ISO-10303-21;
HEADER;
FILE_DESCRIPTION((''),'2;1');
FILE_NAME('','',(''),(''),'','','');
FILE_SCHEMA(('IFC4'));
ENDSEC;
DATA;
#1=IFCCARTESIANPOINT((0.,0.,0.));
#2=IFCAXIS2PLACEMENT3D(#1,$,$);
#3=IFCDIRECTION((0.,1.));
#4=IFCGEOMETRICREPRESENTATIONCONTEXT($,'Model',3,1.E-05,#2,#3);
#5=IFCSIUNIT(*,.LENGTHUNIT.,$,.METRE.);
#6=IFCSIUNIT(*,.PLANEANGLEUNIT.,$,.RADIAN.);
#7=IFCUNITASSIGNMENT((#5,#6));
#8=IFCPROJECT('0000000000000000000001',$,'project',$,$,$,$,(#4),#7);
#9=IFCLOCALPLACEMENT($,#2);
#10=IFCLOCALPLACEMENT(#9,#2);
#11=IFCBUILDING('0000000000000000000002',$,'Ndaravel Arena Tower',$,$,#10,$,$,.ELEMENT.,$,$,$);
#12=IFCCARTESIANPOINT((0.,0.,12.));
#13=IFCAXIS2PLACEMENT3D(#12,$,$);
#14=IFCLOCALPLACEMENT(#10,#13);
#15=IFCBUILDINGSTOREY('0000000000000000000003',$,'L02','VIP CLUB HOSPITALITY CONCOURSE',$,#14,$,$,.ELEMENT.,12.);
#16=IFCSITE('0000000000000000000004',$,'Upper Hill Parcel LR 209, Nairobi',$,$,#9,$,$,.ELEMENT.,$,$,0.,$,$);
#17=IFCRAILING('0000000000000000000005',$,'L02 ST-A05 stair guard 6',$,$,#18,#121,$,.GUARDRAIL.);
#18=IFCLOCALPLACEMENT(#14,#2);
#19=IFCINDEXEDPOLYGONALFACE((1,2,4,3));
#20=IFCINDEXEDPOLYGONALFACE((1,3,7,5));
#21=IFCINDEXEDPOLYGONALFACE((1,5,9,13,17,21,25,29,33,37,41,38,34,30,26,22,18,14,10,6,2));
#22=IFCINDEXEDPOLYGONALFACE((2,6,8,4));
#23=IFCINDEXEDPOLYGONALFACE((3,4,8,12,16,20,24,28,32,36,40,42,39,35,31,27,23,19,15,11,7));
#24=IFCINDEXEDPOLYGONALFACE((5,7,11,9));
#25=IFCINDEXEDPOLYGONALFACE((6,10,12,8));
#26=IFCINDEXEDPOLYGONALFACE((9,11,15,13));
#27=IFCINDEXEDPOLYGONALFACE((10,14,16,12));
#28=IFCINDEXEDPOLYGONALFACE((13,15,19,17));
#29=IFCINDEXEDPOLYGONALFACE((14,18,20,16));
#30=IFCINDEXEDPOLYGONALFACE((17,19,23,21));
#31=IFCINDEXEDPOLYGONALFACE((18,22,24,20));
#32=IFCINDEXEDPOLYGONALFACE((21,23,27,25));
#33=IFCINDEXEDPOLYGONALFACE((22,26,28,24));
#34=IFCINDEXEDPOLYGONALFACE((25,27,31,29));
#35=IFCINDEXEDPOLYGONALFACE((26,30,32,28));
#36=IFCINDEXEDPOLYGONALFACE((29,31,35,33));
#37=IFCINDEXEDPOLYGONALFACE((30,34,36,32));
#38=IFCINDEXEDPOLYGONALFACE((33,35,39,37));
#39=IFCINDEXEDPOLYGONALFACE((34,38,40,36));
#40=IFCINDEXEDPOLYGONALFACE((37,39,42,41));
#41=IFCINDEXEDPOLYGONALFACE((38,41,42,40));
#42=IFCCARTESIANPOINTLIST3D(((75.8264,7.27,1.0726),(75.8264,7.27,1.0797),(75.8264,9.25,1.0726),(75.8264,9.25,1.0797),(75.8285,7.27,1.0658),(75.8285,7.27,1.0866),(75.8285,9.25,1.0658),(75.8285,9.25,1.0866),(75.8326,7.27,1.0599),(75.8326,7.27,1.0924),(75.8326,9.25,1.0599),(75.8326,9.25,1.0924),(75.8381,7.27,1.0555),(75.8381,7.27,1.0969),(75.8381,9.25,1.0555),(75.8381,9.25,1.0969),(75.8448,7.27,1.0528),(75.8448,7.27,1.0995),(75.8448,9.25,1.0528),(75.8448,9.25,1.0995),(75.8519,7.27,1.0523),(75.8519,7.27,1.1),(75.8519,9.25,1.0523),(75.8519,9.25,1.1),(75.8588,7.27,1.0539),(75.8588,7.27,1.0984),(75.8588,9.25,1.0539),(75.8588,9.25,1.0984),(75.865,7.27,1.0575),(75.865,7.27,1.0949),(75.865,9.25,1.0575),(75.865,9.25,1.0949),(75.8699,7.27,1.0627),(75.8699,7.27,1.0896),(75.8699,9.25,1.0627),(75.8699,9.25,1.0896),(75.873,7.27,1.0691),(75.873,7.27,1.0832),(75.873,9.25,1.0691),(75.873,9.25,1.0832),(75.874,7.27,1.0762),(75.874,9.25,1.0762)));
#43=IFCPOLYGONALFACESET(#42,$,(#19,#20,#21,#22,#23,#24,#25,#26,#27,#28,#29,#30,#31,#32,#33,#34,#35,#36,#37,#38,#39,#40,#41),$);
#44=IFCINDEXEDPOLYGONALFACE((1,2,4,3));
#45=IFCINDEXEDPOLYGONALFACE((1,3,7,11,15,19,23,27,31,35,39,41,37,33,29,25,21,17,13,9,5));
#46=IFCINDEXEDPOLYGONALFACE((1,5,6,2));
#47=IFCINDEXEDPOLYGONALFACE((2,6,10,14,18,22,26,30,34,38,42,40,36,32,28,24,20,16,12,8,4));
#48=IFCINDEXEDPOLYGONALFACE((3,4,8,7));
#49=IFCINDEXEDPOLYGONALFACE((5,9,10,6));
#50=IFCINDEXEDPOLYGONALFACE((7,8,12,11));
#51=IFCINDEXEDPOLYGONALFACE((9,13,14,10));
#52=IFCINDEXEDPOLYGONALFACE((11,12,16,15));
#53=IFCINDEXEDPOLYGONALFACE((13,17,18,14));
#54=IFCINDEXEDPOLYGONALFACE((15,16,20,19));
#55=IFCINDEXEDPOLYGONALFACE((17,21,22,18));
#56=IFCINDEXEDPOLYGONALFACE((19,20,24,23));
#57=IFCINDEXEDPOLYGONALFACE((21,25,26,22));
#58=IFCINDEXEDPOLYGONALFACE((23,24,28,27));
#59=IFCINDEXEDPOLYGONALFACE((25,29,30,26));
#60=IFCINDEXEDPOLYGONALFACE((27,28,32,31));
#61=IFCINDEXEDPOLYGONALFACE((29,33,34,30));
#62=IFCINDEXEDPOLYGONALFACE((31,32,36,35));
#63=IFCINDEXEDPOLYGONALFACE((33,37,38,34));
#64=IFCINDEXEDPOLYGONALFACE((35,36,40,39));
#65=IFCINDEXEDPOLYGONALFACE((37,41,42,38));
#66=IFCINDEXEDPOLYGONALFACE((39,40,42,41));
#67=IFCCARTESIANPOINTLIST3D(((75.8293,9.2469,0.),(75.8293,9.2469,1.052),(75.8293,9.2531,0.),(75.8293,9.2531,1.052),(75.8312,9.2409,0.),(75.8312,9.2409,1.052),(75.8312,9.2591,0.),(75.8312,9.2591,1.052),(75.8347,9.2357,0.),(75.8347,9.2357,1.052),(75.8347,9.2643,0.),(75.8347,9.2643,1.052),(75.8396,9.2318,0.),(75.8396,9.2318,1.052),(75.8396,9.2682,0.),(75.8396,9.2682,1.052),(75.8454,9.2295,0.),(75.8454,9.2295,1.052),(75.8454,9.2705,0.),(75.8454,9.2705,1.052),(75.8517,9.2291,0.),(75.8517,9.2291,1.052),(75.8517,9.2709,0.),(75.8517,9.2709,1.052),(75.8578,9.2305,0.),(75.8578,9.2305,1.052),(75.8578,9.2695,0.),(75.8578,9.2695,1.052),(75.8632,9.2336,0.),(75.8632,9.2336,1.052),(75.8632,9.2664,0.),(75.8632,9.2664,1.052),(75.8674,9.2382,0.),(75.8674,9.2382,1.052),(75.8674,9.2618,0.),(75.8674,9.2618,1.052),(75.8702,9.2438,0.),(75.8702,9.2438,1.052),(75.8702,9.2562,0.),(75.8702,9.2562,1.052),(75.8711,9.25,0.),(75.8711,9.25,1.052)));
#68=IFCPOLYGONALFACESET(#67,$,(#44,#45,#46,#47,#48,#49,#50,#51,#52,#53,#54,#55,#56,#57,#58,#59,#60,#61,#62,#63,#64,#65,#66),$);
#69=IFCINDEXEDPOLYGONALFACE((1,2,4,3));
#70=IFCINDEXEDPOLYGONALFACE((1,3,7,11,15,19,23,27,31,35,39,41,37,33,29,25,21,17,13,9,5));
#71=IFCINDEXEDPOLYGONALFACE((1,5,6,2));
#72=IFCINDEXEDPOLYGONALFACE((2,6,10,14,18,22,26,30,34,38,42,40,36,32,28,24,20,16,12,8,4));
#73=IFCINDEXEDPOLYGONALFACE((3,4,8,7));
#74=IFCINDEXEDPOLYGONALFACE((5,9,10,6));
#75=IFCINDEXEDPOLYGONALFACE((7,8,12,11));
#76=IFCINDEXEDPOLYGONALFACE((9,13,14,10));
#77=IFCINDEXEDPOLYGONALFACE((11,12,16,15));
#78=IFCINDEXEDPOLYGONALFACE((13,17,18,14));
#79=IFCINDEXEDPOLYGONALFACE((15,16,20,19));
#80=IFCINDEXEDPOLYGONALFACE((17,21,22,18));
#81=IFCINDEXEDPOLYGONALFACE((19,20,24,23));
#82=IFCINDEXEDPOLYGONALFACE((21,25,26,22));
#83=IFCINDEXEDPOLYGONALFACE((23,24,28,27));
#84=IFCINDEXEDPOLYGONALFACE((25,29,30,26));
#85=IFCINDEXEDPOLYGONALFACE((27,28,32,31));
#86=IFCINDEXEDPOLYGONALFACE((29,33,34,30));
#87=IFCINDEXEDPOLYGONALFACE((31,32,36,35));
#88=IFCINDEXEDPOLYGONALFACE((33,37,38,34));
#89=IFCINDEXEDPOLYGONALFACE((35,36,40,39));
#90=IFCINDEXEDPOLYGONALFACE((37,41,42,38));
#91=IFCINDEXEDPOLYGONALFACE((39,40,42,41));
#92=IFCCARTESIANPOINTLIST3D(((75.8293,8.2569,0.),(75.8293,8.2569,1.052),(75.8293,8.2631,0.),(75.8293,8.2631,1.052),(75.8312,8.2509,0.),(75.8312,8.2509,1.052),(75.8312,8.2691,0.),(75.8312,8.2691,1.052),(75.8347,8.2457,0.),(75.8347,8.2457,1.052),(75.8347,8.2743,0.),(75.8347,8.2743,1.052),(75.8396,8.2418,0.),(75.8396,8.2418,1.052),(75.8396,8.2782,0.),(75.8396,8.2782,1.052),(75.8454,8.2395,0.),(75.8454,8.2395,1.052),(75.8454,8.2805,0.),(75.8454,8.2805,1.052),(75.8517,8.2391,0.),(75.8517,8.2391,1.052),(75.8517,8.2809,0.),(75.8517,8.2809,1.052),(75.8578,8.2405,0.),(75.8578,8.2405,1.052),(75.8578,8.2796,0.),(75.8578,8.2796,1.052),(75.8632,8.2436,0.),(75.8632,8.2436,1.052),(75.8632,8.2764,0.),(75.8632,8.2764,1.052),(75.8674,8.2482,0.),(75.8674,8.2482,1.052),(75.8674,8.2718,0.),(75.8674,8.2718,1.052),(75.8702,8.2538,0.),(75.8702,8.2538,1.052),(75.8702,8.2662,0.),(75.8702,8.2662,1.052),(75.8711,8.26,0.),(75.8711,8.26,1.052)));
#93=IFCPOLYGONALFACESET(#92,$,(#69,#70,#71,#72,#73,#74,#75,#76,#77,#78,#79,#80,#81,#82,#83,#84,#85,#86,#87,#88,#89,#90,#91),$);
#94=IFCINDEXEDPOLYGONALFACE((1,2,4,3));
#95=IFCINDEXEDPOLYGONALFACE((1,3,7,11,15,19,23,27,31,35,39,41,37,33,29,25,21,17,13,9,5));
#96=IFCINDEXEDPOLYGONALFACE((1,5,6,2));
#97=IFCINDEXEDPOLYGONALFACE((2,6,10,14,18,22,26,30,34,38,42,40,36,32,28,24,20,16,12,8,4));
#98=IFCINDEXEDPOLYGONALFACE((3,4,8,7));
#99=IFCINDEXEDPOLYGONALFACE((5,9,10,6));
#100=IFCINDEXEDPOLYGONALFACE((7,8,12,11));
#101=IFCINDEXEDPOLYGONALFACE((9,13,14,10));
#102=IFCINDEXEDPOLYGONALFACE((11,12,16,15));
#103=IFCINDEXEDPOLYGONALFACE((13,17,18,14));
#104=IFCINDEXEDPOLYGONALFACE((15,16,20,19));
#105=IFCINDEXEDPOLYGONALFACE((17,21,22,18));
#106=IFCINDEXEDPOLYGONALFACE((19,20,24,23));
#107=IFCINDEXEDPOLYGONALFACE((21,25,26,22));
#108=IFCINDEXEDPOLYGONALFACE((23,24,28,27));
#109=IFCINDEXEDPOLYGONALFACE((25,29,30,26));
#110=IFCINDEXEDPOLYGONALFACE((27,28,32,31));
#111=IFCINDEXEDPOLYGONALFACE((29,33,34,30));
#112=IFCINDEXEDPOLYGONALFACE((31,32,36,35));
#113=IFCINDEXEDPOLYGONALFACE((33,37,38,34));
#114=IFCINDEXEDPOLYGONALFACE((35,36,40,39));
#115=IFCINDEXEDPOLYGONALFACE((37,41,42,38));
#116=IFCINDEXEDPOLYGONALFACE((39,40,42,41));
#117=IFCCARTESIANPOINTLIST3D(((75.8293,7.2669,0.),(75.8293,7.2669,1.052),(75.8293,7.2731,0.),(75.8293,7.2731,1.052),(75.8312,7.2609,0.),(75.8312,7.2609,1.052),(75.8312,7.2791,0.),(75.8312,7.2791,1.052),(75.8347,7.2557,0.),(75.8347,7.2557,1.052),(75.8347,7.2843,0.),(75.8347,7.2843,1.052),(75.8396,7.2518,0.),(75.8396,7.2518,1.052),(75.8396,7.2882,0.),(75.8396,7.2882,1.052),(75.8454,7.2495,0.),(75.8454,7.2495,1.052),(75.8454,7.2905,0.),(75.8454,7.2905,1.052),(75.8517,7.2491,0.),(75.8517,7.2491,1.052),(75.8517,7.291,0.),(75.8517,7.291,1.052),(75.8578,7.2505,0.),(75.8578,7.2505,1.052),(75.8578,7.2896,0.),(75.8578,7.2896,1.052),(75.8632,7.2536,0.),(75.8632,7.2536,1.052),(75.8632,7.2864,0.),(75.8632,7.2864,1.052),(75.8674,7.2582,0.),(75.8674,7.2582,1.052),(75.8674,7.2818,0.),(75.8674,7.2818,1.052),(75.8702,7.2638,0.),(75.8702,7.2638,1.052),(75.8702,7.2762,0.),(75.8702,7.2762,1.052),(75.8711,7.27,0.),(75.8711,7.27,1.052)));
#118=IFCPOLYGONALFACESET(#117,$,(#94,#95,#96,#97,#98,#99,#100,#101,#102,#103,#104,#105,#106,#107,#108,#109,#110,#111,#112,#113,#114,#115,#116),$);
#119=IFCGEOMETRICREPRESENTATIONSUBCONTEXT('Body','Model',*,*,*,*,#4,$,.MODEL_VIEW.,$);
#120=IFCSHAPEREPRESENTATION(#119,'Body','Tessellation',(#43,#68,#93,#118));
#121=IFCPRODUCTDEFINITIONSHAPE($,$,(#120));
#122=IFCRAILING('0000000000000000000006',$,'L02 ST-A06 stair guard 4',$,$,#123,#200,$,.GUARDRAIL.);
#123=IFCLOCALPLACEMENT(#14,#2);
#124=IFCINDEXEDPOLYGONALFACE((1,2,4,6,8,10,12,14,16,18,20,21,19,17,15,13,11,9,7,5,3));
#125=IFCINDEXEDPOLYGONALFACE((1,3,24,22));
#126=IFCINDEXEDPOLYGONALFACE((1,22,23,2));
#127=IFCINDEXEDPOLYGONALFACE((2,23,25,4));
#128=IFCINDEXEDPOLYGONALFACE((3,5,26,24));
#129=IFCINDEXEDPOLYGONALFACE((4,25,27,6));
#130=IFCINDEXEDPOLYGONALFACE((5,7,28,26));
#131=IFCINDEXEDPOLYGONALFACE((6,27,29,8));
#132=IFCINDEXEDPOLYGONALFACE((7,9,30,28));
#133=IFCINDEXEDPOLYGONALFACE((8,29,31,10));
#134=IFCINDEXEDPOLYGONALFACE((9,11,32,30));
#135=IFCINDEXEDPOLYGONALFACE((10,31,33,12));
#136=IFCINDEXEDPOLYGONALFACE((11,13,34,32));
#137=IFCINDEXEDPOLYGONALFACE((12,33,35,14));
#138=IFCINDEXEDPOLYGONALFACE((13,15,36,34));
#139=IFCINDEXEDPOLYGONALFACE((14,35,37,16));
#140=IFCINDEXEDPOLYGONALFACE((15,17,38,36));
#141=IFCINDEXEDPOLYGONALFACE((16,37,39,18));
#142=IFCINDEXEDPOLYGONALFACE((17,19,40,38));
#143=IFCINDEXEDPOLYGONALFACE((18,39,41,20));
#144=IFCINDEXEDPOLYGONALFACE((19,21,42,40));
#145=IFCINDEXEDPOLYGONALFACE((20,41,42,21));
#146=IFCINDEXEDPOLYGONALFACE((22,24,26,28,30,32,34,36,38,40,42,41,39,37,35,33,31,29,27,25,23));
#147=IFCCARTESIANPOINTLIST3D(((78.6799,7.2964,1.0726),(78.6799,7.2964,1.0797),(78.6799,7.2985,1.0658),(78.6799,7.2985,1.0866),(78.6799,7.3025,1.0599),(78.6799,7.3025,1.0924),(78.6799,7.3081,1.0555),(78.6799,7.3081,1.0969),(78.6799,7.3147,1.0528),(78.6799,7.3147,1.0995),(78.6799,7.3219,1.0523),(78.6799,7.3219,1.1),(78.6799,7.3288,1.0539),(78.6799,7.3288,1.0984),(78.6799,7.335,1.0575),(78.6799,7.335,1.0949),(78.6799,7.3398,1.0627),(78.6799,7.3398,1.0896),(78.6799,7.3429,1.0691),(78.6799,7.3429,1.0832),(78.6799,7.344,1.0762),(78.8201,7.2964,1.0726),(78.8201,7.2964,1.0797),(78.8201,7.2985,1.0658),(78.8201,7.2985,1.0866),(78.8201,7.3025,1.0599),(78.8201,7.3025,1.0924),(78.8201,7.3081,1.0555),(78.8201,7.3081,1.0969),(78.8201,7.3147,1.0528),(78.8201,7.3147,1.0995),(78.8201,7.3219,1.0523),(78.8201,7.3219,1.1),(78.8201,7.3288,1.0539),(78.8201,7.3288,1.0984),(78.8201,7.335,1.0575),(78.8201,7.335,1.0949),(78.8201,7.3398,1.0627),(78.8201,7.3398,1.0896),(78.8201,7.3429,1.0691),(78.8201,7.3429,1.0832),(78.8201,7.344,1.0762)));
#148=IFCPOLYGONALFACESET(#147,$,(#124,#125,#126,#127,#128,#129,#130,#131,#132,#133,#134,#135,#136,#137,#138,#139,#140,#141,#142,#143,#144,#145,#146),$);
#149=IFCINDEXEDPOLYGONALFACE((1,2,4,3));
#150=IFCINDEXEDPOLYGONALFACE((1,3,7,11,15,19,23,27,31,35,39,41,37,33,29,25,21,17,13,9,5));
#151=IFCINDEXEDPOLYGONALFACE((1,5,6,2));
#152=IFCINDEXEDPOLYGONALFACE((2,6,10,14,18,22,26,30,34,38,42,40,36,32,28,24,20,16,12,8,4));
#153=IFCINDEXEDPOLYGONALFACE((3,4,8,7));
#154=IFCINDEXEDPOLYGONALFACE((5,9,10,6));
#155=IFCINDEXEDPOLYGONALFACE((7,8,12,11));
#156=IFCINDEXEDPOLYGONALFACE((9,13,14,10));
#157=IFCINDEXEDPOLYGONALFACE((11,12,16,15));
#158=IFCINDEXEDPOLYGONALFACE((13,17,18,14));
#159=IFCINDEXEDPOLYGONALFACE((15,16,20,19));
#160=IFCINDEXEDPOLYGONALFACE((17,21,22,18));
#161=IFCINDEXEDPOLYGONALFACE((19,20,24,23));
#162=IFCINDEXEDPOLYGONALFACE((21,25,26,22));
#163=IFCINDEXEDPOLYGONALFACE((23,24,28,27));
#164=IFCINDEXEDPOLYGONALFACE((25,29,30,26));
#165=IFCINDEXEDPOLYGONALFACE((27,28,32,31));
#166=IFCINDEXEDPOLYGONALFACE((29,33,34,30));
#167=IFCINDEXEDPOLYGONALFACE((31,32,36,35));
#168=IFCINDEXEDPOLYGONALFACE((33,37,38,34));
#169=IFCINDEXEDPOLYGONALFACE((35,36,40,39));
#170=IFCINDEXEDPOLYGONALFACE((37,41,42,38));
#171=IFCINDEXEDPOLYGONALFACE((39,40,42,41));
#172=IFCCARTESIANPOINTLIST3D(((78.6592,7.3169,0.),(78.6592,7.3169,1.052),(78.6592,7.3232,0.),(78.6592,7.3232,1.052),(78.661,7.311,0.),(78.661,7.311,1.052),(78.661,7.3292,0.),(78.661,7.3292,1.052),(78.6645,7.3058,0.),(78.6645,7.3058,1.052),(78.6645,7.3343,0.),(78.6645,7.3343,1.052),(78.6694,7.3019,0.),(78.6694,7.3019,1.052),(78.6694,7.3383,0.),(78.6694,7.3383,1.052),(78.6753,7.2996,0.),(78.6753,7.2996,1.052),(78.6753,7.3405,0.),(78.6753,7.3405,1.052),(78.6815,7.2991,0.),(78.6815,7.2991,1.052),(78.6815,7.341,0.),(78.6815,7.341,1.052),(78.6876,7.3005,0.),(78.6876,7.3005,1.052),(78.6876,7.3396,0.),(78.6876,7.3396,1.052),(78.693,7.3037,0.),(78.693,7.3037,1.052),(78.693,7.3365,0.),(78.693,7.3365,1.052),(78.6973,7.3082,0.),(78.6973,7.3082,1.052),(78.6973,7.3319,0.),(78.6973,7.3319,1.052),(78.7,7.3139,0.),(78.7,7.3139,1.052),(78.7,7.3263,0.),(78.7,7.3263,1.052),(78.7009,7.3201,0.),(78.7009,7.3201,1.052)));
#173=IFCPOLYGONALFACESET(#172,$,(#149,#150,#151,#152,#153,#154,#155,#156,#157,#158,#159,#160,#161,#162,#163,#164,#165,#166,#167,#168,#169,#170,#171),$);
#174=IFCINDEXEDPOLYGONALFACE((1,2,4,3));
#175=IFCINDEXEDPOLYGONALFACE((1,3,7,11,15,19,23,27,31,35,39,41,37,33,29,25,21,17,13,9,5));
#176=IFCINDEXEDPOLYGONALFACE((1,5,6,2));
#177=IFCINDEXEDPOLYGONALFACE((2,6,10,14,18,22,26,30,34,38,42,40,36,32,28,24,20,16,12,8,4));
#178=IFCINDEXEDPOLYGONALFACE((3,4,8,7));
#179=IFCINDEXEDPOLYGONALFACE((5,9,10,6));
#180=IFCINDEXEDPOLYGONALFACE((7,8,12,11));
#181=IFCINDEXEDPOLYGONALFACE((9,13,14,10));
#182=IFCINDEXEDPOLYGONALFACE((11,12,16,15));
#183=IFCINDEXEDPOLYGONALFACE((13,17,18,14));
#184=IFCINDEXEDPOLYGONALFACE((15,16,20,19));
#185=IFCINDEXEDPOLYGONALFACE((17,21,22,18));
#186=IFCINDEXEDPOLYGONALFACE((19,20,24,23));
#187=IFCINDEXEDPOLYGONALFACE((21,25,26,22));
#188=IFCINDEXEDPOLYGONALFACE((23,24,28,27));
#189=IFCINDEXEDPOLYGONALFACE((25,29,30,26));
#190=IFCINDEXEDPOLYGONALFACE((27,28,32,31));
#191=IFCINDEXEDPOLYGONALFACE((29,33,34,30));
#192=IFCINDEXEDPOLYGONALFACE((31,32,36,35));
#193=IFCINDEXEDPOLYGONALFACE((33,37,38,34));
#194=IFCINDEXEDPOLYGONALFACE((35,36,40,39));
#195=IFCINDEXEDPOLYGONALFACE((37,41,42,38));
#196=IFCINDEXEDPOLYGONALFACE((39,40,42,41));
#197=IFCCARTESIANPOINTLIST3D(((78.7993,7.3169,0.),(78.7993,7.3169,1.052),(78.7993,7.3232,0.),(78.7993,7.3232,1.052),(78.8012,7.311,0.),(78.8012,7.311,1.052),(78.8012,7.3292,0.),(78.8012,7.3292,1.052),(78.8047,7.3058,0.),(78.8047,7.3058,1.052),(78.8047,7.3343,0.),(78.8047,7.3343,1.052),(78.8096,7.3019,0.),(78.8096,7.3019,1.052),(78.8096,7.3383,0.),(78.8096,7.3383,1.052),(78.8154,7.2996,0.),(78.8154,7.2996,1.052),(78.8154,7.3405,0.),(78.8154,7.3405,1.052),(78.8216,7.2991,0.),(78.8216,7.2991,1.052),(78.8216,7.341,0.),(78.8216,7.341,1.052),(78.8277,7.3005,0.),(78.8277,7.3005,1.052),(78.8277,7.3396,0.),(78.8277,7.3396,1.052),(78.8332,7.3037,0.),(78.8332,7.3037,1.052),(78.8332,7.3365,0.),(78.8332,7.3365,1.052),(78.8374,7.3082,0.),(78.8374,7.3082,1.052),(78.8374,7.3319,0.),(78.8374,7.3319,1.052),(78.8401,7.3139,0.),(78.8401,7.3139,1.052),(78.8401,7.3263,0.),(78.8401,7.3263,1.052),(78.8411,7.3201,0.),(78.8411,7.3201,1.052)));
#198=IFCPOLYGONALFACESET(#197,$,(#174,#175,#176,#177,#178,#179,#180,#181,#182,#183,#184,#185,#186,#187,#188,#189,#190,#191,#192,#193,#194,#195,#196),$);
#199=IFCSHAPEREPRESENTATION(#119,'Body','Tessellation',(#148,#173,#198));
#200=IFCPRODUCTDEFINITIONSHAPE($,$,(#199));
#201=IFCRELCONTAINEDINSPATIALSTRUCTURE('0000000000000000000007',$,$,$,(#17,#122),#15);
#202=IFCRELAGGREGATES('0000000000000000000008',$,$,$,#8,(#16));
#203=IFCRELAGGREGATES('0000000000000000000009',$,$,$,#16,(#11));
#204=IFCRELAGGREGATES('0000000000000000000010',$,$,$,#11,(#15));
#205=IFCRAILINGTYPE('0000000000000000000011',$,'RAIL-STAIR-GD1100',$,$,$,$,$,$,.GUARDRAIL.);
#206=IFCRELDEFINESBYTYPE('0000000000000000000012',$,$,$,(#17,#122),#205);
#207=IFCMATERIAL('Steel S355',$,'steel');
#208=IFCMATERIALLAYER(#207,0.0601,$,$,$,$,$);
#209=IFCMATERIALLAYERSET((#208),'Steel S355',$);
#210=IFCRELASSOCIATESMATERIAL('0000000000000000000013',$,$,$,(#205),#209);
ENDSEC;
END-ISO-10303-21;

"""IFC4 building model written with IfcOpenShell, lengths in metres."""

from ifc_helpers import new_model, si_unit, direction, frame, origin, origin_2d, place, context, subcontext, project, spatial, circle, extrude, material, layer, layer_set, type_object, element, save


model = new_model("IFC4")

# Units and contexts
model_context = context("Model", 3, precision=1e-05, world=origin(), true_north=direction((0.0, 1.0)))
body_context = subcontext(model_context, "Body", "Model", "MODEL_VIEW")
ifc_project = project(units=[si_unit("LENGTHUNIT", "METRE"), si_unit("PLANEANGLEUNIT", "RADIAN")], contexts=[model_context])

# Site, building, storey
site_placement = place(None, origin())
site = spatial("IfcSite", under=ifc_project, at=site_placement, Name="Upper Hill Parcel LR 209, Nairobi", CompositionType="ELEMENT", RefElevation=0.0)
building_placement = place(site_placement, origin())
building = spatial("IfcBuilding", under=site, at=building_placement, Name="Ndaravel Arena Tower", CompositionType="ELEMENT")
storey_placement = place(building_placement, frame((0.0, 0.0, 12.0)))
storey = spatial("IfcBuildingStorey", under=building, at=storey_placement, Name="L02", Description="VIP CLUB HOSPITALITY CONCOURSE", CompositionType="ELEMENT", Elevation=12.0)

# Railings
ifc_material_1 = material(Name="Steel S355", Category="steel")
ifc_layer_1 = layer(ifc_material_1, 0.0601)
ifc_layer_set_1 = layer_set([ifc_layer_1], Name="Steel S355")
railing_type = type_object("IfcRailingType", Name="RAIL-STAIR-GD1100", PredefinedType="GUARDRAIL", material=ifc_layer_set_1)
for number, where, name in (
    (1, (75.8501, 9.25, 0.0), "L02 ST-A05 stair guard 6"),
):
    element("IfcRailing", number, at=place(storey_placement, frame(where)), inside=storey, type_object=railing_type, Name=name, PredefinedType="GUARDRAIL", context=body_context, shape_type="SweptSolid", body=[
        extrude(circle(Radius=0.0239, at=origin_2d()), frame((0.0, 0.0, 1.0762), z_axis=(0.0, -1.0, 0.0), x_axis=(1.0, 0.0, 0.0)), (0.0, 0.0, 1.0), 1.98),
        extrude(circle(Radius=0.021, at=origin_2d()), origin(), (0.0, 0.0, 1.0), 1.052),
        extrude(circle(Radius=0.021, at=origin_2d()), frame((0.0, -0.99, 0.0)), (0.0, 0.0, 1.0), 1.052),
        extrude(circle(Radius=0.021, at=origin_2d()), frame((0.0, -1.98, 0.0)), (0.0, 0.0, 1.0), 1.052),
    ])
railing_1_placement = place(storey_placement, frame((78.6799, 7.3201, 0.0)))
element("IfcRailing", 2, at=railing_1_placement, inside=storey, type_object=railing_type, Name="L02 ST-A06 stair guard 4", PredefinedType="GUARDRAIL", context=body_context, shape_type="SweptSolid", body=[
    extrude(circle(Radius=0.0239, at=origin_2d()), frame((0.0, 0.0, 1.0762), z_axis=(1.0, 0.0, 0.0), x_axis=(0.0, 1.0, 0.0)), (0.0, 0.0, 1.0), 0.1401),
    extrude(circle(Radius=0.021, at=origin_2d()), origin(), (0.0, 0.0, 1.0), 1.052),
    extrude(circle(Radius=0.021, at=origin_2d()), frame((0.1401, 0.0, 0.0)), (0.0, 0.0, 1.0), 1.052),
])

save(model, "model.ifc")
